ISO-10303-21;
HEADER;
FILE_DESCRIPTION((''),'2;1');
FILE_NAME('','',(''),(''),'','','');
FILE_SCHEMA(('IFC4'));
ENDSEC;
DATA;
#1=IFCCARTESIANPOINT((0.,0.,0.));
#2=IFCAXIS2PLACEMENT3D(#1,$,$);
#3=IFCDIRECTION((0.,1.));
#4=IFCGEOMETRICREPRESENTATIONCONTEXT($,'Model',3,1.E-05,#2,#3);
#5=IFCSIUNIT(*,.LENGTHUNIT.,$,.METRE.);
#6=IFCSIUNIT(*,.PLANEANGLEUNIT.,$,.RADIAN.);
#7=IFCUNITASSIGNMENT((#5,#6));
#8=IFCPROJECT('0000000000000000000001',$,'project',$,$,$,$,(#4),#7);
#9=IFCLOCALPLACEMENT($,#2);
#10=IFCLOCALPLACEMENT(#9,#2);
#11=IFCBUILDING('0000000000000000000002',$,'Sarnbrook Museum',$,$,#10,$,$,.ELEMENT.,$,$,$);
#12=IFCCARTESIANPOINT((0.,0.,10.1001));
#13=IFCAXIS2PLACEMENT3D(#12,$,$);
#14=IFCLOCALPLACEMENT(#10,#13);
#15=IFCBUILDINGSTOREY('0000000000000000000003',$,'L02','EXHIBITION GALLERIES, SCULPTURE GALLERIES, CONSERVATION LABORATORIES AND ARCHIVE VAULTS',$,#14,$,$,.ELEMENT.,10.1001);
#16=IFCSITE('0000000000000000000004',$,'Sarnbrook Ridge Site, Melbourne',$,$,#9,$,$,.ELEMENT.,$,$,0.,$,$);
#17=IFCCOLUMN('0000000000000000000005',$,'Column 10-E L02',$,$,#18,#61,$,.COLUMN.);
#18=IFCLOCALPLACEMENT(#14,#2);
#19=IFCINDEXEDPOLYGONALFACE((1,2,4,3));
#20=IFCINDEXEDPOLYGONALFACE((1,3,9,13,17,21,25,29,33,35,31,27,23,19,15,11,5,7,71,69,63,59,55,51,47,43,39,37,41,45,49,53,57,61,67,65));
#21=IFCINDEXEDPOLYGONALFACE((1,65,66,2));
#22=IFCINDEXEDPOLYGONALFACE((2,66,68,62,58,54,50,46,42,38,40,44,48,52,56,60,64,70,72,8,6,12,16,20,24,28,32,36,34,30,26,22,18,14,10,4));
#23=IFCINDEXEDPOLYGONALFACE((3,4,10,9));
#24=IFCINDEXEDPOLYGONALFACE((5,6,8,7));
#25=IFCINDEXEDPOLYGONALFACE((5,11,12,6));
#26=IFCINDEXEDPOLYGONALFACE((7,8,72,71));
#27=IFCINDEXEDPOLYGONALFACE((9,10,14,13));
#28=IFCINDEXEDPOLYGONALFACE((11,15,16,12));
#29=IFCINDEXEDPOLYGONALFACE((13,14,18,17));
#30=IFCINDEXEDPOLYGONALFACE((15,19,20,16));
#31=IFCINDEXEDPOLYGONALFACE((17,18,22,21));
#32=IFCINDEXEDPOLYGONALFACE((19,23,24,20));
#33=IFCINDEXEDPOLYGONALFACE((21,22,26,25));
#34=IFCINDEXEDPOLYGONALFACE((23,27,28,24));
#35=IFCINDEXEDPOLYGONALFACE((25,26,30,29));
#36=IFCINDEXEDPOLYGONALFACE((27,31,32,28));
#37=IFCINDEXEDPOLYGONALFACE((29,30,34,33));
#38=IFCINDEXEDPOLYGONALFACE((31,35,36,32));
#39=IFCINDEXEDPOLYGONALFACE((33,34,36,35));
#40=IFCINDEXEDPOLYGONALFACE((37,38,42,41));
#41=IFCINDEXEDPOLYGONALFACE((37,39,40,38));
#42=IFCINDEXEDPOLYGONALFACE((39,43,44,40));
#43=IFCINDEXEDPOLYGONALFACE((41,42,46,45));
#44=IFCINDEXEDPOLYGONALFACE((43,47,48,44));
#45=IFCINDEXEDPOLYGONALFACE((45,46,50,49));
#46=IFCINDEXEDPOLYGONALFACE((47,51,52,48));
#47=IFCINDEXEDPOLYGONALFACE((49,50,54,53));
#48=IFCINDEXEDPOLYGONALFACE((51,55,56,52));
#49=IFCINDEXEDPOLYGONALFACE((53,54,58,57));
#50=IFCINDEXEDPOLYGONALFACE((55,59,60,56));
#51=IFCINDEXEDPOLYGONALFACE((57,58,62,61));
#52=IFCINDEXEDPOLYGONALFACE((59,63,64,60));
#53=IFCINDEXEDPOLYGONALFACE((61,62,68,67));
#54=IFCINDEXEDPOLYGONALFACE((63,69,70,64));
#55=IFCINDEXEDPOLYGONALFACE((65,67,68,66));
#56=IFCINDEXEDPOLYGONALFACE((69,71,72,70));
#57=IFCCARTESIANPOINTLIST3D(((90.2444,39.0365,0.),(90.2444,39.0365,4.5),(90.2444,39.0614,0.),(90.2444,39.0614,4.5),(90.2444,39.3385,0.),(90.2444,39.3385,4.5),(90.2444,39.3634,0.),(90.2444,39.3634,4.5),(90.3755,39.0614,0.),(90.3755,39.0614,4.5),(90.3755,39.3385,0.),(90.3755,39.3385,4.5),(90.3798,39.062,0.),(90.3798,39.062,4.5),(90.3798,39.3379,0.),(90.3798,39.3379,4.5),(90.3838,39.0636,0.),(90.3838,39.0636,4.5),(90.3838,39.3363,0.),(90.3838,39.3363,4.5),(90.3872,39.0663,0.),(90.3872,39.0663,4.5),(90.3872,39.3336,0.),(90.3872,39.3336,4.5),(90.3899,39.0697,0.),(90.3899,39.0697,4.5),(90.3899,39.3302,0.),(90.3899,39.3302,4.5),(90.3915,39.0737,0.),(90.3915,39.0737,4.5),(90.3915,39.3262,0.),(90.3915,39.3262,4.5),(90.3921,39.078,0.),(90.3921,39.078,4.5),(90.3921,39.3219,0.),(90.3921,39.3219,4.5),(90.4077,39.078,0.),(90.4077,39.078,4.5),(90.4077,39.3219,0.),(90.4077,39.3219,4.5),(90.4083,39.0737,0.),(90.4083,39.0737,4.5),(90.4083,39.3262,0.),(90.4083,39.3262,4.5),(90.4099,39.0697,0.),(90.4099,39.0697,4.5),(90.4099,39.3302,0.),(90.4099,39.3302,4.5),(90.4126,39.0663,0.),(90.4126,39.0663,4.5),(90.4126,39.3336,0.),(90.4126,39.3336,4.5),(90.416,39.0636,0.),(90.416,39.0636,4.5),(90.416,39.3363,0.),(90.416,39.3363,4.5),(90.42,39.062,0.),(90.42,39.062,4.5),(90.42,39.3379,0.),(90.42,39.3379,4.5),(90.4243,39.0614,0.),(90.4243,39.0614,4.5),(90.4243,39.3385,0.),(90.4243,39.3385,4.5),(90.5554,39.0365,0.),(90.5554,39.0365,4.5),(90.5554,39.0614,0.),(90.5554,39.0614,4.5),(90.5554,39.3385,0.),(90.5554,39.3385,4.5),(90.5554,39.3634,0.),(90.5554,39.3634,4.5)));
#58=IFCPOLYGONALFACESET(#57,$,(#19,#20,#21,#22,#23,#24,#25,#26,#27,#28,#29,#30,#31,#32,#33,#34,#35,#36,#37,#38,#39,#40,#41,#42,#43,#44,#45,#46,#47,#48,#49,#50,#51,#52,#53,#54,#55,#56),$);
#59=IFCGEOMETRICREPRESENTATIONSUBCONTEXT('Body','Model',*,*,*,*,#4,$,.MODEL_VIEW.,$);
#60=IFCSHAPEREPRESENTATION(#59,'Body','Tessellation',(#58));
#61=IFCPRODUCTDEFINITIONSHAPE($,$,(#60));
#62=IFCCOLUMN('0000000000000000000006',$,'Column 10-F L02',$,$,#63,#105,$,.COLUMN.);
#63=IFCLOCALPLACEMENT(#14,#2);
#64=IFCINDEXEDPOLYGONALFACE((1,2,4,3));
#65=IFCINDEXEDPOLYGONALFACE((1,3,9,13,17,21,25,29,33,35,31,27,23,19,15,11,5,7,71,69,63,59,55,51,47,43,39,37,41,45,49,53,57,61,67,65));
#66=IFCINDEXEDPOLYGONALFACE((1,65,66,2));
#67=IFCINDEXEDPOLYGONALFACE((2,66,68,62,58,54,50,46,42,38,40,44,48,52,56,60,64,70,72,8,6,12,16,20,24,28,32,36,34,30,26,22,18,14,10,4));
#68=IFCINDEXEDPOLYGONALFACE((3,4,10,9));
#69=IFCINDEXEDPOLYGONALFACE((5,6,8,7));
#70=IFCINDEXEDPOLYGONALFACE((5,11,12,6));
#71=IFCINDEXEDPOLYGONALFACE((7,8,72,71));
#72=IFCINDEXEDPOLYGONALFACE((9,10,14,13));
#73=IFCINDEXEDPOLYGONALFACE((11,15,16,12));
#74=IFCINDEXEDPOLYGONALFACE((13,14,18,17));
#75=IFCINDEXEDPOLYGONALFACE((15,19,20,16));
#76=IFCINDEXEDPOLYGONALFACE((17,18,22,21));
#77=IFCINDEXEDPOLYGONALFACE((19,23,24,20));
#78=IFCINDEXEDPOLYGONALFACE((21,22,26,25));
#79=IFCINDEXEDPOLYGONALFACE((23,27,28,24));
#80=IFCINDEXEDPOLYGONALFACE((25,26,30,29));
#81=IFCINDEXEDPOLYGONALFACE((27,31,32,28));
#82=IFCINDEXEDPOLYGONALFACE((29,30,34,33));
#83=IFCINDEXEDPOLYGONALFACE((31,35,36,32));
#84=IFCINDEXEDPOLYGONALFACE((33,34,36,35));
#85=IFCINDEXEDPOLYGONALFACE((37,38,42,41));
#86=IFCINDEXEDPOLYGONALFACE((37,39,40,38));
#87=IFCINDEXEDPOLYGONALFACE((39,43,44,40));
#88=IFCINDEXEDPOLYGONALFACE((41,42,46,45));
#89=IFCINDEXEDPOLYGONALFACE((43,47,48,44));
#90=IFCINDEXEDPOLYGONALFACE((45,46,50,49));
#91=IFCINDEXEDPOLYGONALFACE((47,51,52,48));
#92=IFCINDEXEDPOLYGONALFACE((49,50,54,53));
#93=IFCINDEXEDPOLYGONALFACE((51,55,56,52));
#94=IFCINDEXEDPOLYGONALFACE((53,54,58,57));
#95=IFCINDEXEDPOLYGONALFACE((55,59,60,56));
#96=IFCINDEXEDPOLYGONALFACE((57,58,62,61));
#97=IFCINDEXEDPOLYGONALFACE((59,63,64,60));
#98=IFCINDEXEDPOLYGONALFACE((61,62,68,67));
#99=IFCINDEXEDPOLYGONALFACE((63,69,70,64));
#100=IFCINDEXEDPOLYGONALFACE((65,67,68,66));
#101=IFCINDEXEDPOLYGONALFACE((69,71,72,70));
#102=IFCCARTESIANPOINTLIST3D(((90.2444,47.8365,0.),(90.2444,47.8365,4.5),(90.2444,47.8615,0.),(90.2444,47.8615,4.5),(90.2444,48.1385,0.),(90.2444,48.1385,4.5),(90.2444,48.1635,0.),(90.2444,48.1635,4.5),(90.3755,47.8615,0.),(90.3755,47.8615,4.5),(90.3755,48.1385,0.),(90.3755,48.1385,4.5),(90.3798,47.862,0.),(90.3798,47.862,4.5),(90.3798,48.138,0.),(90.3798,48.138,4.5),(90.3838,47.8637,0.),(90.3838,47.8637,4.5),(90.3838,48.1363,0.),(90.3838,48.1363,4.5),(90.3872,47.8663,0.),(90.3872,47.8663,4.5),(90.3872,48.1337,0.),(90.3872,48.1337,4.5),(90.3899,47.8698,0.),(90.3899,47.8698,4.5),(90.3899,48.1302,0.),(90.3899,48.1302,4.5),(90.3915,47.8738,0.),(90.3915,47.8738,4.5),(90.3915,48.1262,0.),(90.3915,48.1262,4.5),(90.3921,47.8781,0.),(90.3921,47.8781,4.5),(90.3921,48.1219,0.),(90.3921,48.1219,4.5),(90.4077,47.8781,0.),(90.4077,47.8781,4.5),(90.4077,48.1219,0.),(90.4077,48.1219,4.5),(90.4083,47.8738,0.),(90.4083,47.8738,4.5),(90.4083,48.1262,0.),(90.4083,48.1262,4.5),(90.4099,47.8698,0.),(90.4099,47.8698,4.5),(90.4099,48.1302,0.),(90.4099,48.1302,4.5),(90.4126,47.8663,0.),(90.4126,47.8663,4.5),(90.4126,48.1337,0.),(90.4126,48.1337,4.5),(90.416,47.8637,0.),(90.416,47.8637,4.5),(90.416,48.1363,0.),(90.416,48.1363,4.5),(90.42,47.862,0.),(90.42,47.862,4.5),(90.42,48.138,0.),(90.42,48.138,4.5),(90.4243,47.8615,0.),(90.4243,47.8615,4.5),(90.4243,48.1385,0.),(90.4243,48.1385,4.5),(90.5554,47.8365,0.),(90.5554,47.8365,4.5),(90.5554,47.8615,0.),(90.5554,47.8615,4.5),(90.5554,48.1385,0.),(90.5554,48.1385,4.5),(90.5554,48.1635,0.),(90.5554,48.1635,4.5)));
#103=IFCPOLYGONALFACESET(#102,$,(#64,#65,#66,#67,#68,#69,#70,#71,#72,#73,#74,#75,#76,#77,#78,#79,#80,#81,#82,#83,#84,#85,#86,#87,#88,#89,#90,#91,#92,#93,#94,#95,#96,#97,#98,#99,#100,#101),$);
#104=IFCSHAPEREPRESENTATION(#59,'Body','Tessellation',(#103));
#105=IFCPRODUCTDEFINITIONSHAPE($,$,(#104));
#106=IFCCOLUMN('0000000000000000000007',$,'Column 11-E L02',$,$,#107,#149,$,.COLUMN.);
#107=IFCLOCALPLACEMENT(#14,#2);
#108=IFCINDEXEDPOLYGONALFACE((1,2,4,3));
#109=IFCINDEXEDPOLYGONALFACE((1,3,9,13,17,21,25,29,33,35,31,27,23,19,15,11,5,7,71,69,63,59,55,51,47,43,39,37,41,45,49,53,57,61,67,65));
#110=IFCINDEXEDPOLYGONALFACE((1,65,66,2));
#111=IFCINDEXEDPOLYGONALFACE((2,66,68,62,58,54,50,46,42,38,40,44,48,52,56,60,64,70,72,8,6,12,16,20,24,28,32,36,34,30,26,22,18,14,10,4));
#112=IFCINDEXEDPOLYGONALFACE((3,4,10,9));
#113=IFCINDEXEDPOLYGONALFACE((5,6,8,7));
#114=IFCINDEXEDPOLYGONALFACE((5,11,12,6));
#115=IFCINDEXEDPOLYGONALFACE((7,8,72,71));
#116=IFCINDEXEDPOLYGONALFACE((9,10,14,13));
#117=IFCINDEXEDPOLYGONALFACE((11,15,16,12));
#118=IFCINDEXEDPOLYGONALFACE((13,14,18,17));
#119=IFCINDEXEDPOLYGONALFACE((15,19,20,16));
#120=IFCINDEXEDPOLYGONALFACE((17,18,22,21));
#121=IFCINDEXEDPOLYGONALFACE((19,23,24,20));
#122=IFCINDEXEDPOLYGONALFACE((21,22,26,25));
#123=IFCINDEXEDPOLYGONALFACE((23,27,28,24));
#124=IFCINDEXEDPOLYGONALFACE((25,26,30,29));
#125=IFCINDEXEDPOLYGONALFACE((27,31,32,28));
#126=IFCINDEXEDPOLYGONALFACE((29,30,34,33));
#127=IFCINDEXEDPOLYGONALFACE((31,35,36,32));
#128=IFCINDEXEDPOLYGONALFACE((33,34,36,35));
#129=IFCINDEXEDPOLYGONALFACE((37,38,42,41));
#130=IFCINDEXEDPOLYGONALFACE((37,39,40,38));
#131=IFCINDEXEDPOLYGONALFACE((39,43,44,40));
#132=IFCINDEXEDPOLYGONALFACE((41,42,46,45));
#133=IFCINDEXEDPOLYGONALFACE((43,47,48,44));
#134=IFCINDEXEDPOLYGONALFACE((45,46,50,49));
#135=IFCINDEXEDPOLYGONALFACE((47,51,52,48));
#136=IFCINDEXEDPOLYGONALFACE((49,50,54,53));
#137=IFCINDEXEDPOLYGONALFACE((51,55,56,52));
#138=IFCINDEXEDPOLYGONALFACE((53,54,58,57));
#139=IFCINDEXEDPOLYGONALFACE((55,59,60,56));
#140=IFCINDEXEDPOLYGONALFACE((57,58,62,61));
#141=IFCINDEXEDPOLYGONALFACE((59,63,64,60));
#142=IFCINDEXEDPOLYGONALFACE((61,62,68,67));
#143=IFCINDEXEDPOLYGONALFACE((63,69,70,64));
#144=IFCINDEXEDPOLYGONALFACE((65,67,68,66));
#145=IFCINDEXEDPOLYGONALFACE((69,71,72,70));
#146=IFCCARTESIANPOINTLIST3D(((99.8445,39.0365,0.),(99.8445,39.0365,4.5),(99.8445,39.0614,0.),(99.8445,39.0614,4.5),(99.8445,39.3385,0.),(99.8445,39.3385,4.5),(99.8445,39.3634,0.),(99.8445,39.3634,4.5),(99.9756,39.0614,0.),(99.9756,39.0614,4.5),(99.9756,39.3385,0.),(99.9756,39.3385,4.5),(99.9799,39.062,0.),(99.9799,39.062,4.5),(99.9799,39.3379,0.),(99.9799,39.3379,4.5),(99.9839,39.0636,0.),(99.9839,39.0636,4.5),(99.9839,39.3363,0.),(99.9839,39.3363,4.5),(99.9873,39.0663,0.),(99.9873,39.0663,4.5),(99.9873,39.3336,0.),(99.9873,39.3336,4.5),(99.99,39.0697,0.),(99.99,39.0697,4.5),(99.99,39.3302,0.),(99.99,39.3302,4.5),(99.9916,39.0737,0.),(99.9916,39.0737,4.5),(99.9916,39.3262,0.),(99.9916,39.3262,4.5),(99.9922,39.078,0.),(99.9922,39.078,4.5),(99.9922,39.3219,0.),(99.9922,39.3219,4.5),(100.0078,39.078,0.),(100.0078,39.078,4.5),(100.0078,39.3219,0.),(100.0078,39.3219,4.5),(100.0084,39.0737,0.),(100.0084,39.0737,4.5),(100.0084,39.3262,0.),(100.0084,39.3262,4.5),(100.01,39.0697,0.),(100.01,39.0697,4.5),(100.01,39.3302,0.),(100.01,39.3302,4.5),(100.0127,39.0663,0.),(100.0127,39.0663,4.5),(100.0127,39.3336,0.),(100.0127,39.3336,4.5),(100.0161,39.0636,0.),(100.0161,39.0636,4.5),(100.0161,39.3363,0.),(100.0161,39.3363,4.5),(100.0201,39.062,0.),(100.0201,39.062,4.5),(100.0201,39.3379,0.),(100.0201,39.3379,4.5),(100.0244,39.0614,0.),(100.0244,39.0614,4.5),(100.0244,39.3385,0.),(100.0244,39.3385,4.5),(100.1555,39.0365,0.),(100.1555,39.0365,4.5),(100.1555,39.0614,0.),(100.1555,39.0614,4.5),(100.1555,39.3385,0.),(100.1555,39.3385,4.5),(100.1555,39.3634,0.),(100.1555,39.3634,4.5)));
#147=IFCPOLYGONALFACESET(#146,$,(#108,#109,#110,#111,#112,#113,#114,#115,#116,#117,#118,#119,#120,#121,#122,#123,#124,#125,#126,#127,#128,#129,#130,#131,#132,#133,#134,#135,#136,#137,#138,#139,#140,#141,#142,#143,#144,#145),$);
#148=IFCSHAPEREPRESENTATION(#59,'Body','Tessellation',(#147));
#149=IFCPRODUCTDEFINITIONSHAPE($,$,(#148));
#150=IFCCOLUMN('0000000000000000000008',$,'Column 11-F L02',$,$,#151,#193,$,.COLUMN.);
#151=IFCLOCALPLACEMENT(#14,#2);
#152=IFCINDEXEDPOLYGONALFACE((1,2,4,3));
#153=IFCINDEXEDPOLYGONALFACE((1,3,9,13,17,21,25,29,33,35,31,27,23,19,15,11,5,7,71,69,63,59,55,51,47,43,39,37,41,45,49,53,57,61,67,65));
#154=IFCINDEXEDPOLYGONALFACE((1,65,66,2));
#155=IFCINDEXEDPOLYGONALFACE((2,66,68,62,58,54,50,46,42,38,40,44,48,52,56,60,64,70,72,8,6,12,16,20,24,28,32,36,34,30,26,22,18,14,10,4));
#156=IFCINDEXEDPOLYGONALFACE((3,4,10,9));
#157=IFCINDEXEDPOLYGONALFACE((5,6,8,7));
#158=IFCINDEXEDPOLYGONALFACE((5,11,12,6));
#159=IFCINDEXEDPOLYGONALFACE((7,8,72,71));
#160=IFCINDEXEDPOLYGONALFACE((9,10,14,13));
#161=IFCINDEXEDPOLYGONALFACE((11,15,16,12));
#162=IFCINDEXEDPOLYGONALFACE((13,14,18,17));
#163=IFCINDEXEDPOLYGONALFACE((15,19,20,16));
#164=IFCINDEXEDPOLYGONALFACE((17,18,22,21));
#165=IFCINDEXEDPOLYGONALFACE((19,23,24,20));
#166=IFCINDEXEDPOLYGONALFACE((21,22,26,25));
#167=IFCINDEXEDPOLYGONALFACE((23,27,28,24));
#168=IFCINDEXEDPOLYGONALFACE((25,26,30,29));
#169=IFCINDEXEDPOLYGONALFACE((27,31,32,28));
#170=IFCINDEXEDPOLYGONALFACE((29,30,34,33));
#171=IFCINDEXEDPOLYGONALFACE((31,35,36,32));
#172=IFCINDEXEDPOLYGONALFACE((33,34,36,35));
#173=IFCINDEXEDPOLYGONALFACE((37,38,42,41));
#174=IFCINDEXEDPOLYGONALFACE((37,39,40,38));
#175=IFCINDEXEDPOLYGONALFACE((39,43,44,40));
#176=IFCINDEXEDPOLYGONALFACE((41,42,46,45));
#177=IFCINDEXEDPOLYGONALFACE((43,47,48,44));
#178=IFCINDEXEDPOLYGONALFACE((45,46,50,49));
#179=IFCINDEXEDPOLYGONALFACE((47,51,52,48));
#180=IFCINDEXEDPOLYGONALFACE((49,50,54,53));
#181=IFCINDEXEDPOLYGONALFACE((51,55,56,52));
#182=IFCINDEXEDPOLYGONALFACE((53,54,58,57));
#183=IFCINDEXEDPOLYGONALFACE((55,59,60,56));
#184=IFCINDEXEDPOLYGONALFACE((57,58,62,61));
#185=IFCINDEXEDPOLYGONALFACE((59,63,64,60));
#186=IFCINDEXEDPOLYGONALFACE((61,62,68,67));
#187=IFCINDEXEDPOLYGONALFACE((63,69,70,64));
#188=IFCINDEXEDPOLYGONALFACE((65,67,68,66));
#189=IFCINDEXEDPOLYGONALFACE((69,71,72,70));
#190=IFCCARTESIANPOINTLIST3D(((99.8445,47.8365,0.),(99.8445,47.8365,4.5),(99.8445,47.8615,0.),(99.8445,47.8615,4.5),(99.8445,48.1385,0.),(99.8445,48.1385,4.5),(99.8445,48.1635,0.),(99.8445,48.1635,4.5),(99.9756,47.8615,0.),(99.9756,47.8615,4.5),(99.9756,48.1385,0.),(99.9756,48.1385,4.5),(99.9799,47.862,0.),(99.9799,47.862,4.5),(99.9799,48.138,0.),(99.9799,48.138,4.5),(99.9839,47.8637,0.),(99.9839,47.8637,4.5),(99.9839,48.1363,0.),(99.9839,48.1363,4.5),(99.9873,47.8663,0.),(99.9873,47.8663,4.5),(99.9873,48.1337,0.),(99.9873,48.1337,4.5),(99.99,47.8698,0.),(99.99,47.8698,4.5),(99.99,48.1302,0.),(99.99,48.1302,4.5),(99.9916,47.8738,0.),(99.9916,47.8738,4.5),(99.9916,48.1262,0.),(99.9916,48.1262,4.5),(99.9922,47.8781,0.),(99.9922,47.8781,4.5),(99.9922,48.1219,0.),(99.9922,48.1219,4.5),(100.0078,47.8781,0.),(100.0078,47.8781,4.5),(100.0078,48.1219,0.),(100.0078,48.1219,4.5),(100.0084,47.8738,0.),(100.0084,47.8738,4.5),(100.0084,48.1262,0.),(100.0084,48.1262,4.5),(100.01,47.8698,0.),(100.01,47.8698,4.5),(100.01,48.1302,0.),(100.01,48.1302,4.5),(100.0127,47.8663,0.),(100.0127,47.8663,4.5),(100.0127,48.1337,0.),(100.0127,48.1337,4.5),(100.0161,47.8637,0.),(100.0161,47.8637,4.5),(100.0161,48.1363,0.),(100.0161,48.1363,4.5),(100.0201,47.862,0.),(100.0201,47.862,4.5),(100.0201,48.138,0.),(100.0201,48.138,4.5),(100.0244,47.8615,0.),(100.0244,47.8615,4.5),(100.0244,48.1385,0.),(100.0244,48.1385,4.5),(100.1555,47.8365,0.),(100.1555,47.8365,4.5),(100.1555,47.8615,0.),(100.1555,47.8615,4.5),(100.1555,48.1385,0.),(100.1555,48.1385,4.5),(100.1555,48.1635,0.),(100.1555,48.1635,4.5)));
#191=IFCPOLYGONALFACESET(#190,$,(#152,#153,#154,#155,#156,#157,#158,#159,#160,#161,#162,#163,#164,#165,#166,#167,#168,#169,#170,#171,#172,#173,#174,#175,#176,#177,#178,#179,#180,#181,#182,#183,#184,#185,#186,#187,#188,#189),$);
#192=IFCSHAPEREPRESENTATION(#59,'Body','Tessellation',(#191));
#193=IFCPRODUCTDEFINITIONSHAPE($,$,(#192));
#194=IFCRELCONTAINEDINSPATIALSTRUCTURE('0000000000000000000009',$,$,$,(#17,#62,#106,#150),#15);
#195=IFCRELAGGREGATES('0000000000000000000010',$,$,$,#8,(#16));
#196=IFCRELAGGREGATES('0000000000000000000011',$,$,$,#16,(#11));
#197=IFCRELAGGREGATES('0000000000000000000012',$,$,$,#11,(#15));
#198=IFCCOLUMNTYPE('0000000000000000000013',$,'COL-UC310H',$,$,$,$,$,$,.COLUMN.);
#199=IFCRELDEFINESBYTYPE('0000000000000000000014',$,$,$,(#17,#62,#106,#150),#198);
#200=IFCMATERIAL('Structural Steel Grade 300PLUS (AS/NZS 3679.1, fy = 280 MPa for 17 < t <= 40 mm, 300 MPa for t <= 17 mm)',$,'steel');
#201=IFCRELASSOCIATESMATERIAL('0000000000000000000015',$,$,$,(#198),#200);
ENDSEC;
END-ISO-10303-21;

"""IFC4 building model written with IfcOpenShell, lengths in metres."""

from ifc_helpers import new_model, si_unit, direction, frame, origin, origin_2d, place, context, subcontext, project, spatial, i_section, extrude, material, material_profile, profile_set, type_object, element, save


model = new_model("IFC4")

# Units and contexts
model_context = context("Model", 3, precision=1e-05, world=origin(), true_north=direction((0.0, 1.0)))
body_context = subcontext(model_context, "Body", "Model", "MODEL_VIEW")
ifc_project = project(units=[si_unit("LENGTHUNIT", "METRE"), si_unit("PLANEANGLEUNIT", "RADIAN")], contexts=[model_context])

# Site, building, storey
site_placement = place(None, origin())
site = spatial("IfcSite", under=ifc_project, at=site_placement, Name="Sarnbrook Ridge Site, Melbourne", CompositionType="ELEMENT", RefElevation=0.0)
building_placement = place(site_placement, origin())
building = spatial("IfcBuilding", under=site, at=building_placement, Name="Sarnbrook Museum", CompositionType="ELEMENT")
storey_placement = place(building_placement, frame((0.0, 0.0, 10.1001)))
storey = spatial("IfcBuildingStorey", under=building, at=storey_placement, Name="L02", Description="EXHIBITION GALLERIES, SCULPTURE GALLERIES, CONSERVATION LABORATORIES AND ARCHIVE VAULTS", CompositionType="ELEMENT", Elevation=10.1001)

# Columns
ifc_material_1 = material(Name="Structural Steel Grade 300PLUS (AS/NZS 3679.1, fy = 280 MPa for 17 < t <= 40 mm, 300 MPa for t <= 17 mm)", Category="steel")
ifc_material_profile_1 = material_profile(ifc_material_1, i_section(OverallWidth=0.311, OverallDepth=0.3269, WebThickness=0.0156, FlangeThickness=0.0249, FilletRadius=0.0166, at=origin_2d()), Name="310UC158")
ifc_profile_set_1 = profile_set([ifc_material_profile_1], Name="Structural Steel Grade 300PLUS (AS/NZS 3679.1, fy = 280 MPa for 17 < t <= 40 mm, 300 MPa for t <= 17 mm)")
column_type = type_object("IfcColumnType", Name="COL-UC310H", PredefinedType="COLUMN", material=ifc_profile_set_1)
for number, where, z_axis, x_axis, name in (
    (1, (90.3999, 39.2, 0.0), (0.0, 0.0, 1.0), (1.0, 0.0, 0.0), "Column 10-E L02"),
    (2, (90.3999, 48.0, 0.0), (0.0, 0.0, 1.0), (1.0, 0.0, 0.0), "Column 10-F L02"),
    (3, (100.0, 39.2, 0.0), (0.0, 0.0, 1.0), (1.0, 0.0, 0.0), "Column 11-E L02"),
    (4, (100.0, 48.0, 0.0), (0.0, 0.0, 1.0), (1.0, 0.0, 0.0), "Column 11-F L02"),
):
    element("IfcColumn", number, at=place(storey_placement, frame(where, z_axis=z_axis, x_axis=x_axis)), inside=storey, type_object=column_type, Name=name, PredefinedType="COLUMN", context=body_context, shape_type="SweptSolid", body=[
        extrude(i_section(OverallWidth=0.311, OverallDepth=0.3269, WebThickness=0.0156, FlangeThickness=0.0249, FilletRadius=0.0166, at=origin_2d()), origin(), (0.0, 0.0, 1.0), 4.5),
    ])

save(model, "model.ifc")
